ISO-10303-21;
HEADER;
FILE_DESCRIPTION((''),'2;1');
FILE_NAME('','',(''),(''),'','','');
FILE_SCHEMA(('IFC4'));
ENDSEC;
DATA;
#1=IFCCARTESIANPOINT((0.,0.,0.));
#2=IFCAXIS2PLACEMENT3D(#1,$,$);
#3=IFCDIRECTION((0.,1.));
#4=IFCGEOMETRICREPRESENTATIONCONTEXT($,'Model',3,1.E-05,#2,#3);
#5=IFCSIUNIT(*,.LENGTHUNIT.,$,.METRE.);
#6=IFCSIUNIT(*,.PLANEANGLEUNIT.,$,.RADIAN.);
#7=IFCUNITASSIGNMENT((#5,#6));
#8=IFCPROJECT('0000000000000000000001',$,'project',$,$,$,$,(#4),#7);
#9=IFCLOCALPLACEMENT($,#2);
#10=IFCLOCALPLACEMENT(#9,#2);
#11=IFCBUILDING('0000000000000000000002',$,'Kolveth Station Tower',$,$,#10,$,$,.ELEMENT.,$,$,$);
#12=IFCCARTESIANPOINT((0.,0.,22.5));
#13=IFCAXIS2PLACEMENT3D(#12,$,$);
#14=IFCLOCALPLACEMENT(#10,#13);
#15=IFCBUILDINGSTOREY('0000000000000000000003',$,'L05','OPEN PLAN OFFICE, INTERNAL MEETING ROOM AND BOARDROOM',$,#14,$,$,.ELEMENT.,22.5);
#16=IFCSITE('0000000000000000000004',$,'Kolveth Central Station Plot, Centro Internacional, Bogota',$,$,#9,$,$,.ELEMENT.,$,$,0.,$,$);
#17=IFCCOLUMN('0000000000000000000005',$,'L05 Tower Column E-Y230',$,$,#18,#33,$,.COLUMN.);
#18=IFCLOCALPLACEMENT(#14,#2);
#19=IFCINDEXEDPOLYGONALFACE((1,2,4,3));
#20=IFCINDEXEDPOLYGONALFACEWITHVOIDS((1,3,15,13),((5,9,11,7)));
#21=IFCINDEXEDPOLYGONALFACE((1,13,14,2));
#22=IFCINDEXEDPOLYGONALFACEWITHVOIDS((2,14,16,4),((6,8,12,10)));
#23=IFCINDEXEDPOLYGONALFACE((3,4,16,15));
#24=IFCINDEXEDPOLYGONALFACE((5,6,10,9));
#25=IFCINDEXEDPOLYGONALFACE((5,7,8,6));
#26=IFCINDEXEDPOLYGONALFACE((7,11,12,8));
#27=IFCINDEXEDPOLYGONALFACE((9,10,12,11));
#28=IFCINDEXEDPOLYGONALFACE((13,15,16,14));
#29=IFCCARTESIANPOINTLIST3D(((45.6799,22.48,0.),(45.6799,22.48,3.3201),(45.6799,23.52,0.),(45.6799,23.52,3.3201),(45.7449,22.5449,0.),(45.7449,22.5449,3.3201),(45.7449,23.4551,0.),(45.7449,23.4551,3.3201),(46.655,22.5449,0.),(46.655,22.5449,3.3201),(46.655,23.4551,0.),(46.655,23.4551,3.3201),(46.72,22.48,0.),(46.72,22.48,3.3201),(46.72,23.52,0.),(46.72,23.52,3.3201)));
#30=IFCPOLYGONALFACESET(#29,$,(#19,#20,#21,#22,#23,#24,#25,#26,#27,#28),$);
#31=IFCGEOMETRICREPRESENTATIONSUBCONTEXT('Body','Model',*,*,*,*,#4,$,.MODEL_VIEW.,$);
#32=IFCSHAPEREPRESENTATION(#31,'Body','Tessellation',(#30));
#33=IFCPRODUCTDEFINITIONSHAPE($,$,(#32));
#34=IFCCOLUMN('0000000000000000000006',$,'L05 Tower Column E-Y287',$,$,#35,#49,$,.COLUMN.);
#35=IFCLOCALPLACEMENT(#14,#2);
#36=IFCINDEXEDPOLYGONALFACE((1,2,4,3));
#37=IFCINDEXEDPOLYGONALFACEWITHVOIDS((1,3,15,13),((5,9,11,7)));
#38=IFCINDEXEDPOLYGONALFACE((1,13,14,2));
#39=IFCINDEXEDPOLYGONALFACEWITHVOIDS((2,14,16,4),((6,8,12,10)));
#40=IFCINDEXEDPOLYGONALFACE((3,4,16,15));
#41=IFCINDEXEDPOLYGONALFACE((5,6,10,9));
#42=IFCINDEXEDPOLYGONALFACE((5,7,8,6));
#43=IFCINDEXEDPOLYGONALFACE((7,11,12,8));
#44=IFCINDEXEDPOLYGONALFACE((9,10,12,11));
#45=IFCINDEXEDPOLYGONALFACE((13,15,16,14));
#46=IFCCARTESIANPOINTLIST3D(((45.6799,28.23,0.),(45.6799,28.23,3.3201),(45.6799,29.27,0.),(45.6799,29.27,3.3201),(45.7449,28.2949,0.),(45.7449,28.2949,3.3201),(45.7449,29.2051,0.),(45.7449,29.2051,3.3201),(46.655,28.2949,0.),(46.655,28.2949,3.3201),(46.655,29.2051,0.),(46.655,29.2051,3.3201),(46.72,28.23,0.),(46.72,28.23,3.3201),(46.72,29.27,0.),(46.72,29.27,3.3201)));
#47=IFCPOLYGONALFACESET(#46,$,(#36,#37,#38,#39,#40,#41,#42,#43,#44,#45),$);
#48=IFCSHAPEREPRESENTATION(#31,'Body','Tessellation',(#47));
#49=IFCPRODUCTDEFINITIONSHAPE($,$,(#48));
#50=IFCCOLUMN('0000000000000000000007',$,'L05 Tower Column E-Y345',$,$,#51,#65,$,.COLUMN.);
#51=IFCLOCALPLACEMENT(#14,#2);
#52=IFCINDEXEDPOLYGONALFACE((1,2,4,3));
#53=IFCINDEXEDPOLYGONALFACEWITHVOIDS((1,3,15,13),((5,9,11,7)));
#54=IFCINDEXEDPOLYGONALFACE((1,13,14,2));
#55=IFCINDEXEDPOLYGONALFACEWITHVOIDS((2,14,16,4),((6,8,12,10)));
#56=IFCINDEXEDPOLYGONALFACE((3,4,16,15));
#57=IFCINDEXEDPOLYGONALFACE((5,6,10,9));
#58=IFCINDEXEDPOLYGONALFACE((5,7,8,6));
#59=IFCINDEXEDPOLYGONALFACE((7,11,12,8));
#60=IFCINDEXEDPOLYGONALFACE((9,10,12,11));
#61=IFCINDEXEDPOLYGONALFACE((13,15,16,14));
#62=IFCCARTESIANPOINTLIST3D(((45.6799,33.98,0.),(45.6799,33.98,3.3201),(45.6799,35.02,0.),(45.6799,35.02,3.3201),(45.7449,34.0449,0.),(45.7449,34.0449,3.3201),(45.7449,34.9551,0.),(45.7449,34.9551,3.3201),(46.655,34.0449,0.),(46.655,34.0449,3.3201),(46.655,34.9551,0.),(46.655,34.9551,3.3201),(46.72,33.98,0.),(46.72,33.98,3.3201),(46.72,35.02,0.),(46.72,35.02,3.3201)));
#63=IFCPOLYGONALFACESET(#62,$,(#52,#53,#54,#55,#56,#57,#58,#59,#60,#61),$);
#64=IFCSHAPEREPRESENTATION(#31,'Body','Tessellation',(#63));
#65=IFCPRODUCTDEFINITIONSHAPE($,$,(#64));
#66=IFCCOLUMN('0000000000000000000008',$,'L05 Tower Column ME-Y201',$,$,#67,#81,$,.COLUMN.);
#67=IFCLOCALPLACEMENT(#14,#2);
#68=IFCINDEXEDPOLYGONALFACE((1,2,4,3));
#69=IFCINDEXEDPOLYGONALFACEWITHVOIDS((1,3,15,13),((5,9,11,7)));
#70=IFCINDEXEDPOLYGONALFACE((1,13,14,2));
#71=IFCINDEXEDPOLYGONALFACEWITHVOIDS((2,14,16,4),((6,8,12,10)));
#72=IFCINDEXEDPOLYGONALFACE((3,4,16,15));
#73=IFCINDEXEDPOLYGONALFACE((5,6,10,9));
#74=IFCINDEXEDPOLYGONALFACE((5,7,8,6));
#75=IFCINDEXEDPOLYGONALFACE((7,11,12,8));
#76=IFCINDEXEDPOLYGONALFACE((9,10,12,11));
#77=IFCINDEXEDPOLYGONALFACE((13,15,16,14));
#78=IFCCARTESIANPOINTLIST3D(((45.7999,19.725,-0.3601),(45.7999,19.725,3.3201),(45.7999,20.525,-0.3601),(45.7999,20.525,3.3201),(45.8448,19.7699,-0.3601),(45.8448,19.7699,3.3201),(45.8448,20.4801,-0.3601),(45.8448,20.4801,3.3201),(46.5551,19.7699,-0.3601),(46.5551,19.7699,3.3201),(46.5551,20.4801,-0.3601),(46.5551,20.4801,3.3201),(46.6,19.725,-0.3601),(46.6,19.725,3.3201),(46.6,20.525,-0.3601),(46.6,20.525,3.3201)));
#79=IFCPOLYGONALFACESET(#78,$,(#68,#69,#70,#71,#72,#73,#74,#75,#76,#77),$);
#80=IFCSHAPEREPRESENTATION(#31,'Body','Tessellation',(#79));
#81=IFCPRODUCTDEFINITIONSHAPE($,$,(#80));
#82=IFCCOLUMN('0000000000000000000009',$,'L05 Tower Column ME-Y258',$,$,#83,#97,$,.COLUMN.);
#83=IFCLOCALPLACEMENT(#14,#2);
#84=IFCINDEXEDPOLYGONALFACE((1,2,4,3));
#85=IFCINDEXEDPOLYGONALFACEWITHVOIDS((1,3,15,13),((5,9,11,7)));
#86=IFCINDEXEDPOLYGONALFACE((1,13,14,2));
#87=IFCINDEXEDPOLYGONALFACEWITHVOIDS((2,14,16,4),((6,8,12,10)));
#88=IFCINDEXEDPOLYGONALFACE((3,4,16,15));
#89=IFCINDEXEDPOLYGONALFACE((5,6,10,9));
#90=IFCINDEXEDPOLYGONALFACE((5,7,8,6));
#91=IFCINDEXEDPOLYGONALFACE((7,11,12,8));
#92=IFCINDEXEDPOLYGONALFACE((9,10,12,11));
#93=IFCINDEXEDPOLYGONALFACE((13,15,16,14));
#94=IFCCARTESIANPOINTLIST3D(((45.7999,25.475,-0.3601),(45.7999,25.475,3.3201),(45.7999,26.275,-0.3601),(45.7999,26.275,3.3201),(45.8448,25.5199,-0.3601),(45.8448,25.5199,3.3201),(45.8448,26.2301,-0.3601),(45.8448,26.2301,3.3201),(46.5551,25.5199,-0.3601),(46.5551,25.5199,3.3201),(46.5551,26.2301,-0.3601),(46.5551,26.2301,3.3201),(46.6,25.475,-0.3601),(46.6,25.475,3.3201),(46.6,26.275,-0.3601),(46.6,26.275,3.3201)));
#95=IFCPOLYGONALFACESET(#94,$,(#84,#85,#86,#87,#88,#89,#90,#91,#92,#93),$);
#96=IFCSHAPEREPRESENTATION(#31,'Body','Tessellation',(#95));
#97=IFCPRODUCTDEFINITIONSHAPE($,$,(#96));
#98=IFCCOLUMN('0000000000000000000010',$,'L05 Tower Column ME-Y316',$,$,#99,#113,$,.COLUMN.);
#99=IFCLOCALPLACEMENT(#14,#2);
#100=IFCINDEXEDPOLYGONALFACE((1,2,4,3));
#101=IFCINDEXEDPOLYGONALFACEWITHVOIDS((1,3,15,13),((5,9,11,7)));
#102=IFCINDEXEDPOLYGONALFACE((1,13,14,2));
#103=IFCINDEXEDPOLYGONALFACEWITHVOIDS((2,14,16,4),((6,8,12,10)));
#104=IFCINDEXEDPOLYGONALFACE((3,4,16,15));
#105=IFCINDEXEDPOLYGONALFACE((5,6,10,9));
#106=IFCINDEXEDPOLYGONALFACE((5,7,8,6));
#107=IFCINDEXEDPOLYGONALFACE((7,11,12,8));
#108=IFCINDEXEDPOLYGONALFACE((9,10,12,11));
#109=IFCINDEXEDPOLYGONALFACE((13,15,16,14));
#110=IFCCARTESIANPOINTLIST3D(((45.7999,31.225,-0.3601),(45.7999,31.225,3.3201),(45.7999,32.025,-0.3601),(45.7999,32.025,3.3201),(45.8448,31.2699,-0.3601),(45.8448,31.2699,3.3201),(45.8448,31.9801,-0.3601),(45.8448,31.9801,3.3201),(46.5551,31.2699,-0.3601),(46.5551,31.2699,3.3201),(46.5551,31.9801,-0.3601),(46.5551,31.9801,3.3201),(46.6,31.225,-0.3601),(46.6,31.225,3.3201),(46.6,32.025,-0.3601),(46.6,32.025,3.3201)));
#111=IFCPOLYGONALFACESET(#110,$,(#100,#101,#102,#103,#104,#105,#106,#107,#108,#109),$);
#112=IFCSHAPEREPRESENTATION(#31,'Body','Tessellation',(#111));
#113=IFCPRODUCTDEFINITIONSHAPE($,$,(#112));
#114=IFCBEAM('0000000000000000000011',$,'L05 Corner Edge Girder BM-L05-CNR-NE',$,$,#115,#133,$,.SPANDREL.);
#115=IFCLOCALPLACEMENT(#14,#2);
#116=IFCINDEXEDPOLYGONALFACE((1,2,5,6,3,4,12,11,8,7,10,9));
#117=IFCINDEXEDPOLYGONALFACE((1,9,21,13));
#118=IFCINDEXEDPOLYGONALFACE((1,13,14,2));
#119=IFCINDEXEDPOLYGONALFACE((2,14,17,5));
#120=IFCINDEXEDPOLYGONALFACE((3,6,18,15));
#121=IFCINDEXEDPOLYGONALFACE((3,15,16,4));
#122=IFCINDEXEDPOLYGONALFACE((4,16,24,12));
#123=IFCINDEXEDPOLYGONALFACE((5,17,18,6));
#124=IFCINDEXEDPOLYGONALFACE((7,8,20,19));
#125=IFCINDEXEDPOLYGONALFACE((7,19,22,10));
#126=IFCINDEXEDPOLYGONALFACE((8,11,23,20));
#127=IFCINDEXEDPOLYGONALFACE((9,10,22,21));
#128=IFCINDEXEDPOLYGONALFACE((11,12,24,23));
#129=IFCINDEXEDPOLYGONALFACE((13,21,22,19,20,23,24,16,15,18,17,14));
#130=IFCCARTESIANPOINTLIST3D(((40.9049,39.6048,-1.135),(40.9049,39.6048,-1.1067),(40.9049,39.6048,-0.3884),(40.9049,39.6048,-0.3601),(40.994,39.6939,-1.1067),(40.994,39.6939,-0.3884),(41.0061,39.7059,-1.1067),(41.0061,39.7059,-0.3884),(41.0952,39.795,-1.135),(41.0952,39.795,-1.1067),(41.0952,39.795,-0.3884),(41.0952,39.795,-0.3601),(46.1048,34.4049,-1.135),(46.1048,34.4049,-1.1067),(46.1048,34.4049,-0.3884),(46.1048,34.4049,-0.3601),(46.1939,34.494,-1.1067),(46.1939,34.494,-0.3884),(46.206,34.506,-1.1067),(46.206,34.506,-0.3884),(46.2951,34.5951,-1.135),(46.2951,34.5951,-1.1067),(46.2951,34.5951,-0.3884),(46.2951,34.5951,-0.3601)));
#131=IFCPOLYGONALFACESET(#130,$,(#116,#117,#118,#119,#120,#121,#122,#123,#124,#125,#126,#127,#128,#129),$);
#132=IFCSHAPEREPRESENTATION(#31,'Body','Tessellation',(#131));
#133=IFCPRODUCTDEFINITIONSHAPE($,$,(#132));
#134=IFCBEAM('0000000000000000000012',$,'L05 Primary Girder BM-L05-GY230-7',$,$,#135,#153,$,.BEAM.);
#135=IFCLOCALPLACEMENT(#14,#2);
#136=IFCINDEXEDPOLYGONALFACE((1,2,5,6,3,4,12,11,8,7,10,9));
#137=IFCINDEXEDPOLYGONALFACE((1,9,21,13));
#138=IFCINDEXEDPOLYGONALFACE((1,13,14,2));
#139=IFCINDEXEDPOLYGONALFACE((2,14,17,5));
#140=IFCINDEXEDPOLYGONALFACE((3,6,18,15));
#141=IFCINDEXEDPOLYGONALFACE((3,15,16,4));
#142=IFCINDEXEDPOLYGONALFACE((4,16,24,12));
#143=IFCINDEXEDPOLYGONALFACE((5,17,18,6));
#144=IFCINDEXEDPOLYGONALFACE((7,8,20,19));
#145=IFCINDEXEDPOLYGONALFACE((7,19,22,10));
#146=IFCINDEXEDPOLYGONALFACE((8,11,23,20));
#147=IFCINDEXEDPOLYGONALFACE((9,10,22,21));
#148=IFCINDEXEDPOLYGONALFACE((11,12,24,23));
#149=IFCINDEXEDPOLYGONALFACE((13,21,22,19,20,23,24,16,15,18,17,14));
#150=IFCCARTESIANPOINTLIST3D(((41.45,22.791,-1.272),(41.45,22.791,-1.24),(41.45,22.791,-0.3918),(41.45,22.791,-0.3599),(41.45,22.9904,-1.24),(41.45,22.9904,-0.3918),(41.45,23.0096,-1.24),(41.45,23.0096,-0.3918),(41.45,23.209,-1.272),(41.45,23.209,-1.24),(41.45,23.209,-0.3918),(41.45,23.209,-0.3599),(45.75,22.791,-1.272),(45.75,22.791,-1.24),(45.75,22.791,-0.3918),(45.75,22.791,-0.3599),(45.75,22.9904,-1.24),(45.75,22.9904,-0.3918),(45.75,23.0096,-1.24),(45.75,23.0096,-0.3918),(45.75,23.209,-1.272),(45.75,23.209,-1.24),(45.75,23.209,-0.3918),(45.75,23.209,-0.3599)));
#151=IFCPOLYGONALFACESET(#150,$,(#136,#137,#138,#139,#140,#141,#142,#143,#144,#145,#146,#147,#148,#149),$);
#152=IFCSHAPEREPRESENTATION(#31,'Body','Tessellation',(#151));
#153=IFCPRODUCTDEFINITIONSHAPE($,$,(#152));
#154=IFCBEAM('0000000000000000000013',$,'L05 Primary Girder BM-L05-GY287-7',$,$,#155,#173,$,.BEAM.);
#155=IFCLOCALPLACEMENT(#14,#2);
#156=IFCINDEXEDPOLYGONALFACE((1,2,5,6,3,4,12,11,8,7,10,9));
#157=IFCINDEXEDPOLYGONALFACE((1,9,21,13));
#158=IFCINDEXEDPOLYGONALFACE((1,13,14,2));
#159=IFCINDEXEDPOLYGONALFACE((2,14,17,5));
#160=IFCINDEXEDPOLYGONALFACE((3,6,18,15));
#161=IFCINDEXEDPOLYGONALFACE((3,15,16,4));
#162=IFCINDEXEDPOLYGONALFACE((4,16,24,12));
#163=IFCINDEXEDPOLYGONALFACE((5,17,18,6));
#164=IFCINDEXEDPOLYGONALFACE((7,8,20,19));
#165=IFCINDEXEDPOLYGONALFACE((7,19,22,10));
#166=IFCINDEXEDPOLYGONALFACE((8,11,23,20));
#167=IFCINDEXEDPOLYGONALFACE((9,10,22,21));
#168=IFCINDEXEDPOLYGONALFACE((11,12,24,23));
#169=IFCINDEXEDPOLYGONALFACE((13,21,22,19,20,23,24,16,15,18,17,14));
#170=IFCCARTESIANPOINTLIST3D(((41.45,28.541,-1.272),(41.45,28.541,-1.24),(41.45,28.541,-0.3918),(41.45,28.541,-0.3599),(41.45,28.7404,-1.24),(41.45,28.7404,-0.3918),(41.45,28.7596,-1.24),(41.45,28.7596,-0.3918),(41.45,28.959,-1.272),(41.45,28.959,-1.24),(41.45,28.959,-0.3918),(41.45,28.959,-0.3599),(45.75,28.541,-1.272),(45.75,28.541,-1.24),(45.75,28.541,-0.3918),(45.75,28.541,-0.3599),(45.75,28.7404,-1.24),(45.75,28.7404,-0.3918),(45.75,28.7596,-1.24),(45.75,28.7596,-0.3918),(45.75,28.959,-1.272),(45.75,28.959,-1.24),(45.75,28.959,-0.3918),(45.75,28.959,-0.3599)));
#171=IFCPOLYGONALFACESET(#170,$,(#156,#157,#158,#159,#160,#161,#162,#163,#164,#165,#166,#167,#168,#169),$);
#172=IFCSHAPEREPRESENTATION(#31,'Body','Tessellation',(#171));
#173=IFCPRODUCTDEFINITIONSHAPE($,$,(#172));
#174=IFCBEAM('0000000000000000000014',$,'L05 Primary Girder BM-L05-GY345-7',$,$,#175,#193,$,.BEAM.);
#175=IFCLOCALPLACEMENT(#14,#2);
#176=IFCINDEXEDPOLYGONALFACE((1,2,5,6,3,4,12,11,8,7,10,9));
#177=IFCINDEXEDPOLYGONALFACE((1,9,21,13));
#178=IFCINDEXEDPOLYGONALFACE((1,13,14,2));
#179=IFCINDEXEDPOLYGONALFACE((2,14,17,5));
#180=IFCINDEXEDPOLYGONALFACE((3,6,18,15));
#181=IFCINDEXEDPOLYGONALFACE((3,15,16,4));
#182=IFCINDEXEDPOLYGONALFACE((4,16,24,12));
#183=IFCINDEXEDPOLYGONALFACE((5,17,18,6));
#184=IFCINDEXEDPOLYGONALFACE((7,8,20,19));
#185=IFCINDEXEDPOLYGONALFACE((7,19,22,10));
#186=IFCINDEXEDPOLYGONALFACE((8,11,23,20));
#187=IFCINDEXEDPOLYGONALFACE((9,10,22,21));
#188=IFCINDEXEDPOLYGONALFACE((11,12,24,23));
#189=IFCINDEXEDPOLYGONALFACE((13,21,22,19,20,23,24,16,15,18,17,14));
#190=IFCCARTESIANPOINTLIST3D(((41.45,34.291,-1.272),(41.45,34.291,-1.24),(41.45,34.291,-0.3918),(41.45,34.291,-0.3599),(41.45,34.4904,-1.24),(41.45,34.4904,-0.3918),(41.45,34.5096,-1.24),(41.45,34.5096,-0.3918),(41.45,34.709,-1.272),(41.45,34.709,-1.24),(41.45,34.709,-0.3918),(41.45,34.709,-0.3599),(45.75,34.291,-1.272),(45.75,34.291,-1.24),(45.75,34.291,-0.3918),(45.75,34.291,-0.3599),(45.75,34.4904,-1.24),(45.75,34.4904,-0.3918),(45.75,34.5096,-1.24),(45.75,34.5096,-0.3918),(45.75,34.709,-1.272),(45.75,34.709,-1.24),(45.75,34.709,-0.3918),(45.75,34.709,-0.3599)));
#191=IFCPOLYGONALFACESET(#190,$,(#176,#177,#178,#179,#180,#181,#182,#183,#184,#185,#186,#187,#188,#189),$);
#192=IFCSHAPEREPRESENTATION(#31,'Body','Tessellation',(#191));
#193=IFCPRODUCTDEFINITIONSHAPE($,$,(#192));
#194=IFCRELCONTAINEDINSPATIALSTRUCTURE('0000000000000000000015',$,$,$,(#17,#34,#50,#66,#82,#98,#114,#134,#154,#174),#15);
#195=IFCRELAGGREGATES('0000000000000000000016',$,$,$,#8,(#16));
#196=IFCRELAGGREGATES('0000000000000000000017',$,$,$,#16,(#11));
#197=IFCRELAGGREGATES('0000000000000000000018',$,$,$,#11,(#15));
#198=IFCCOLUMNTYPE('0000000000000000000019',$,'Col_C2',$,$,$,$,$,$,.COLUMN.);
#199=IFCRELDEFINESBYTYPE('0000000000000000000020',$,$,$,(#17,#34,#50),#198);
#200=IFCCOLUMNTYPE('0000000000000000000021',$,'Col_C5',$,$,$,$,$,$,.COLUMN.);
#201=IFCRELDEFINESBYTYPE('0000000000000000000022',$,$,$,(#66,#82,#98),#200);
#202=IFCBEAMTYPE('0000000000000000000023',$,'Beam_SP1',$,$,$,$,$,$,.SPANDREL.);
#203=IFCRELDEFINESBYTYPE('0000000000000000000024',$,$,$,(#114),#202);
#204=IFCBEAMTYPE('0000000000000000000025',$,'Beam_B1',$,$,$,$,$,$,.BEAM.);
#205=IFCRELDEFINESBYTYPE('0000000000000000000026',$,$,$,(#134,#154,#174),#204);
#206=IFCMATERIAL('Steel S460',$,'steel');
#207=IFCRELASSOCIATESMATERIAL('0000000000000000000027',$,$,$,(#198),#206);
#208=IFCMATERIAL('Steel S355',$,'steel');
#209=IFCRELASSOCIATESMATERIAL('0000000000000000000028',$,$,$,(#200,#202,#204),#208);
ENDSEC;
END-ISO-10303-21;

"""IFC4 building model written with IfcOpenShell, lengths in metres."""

from ifc_helpers import new_model, si_unit, direction, frame, origin, origin_2d, place, context, subcontext, project, spatial, hollow_rectangle, i_section, extrude, source, transform, mapped, material, material_profile, profile_set, type_object, element, save


model = new_model("IFC4")

# Units and contexts
model_context = context("Model", 3, precision=1e-05, world=origin(), true_north=direction((0.0, 1.0)))
body_context = subcontext(model_context, "Body", "Model", "MODEL_VIEW")
ifc_project = project(units=[si_unit("LENGTHUNIT", "METRE"), si_unit("PLANEANGLEUNIT", "RADIAN")], contexts=[model_context])

# Site, building, storey
site_placement = place(None, origin())
site = spatial("IfcSite", under=ifc_project, at=site_placement, Name="Kolveth Central Station Plot, Centro Internacional, Bogota", CompositionType="ELEMENT", RefElevation=0.0)
building_placement = place(site_placement, origin())
building = spatial("IfcBuilding", under=site, at=building_placement, Name="Kolveth Station Tower", CompositionType="ELEMENT")
storey_placement = place(building_placement, frame((0.0, 0.0, 22.5)))
storey = spatial("IfcBuildingStorey", under=building, at=storey_placement, Name="L05", Description="OPEN PLAN OFFICE, INTERNAL MEETING ROOM AND BOARDROOM", CompositionType="ELEMENT", Elevation=22.5)

# Columns
ifc_material_1 = material(Name="Steel S460", Category="steel")
ifc_material_profile_1 = material_profile(ifc_material_1, hollow_rectangle(XDim=1.04, YDim=1.04, WallThickness=0.0649, at=origin_2d()), Name="BOX1040x1040x65")
ifc_profile_set_1 = profile_set([ifc_material_profile_1], Name="Steel S460")
column_type_1 = type_object("IfcColumnType", Name="Col_C2", PredefinedType="COLUMN", material=ifc_profile_set_1)
shared_shape_1 = source(origin(), body_context, "Body", "SweptSolid", [
    extrude(hollow_rectangle(XDim=1.04, YDim=1.04, WallThickness=0.0649, at=origin_2d()), origin(), (0.0, 0.0, 1.0), 3.3201),
])
for number, where, z_axis, x_axis, name in (
    (1, (46.2, 23.0, 0.0), (0.0, 0.0, 1.0), (1.0, 0.0, 0.0), "L05 Tower Column E-Y230"),
    (2, (46.2, 28.75, 0.0), (0.0, 0.0, 1.0), (1.0, 0.0, 0.0), "L05 Tower Column E-Y287"),
    (3, (46.2, 34.5, 0.0), (0.0, 0.0, 1.0), (1.0, 0.0, 0.0), "L05 Tower Column E-Y345"),
):
    element("IfcColumn", number, at=place(storey_placement, frame(where, z_axis=z_axis, x_axis=x_axis)), inside=storey, type_object=column_type_1, Name=name, PredefinedType="COLUMN", context=body_context, shape_type="MappedRepresentation", body=[
        mapped(shared_shape_1, transform((0.0, 0.0, 0.0), x_axis=(1.0, 0.0, 0.0), y_axis=(0.0, 1.0, 0.0), z_axis=(0.0, 0.0, 1.0), scale=1.0)),
    ])
ifc_material_2 = material(Name="Steel S355", Category="steel")
ifc_material_profile_2 = material_profile(ifc_material_2, hollow_rectangle(XDim=0.8, YDim=0.8, WallThickness=0.0449, at=origin_2d()), Name="BOX800x800x45")
ifc_profile_set_2 = profile_set([ifc_material_profile_2], Name="Steel S355")
column_type_2 = type_object("IfcColumnType", Name="Col_C5", PredefinedType="COLUMN", material=ifc_profile_set_2)
shared_shape_2 = source(origin(), body_context, "Body", "SweptSolid", [
    extrude(hollow_rectangle(XDim=0.8, YDim=0.8, WallThickness=0.0449, at=origin_2d()), origin(), (0.0, 0.0, 1.0), 3.6802),
])
for number, where, z_axis, x_axis, name in (
    (4, (46.2, 20.125, -0.3601), (0.0, 0.0, 1.0), (1.0, 0.0, 0.0), "L05 Tower Column ME-Y201"),
    (5, (46.2, 25.875, -0.3601), (0.0, 0.0, 1.0), (1.0, 0.0, 0.0), "L05 Tower Column ME-Y258"),
    (6, (46.2, 31.625, -0.3601), (0.0, 0.0, 1.0), (1.0, 0.0, 0.0), "L05 Tower Column ME-Y316"),
):
    element("IfcColumn", number, at=place(storey_placement, frame(where, z_axis=z_axis, x_axis=x_axis)), inside=storey, type_object=column_type_2, Name=name, PredefinedType="COLUMN", context=body_context, shape_type="MappedRepresentation", body=[
        mapped(shared_shape_2, transform((0.0, 0.0, 0.0), x_axis=(1.0, 0.0, 0.0), y_axis=(0.0, 1.0, 0.0), z_axis=(0.0, 0.0, 1.0), scale=1.0)),
    ])

# Beams
ifc_material_profile_3 = material_profile(ifc_material_2, i_section(OverallWidth=0.269, OverallDepth=0.7749, WebThickness=0.0171, FlangeThickness=0.0283, at=origin_2d()), Name="W760x220")
ifc_profile_set_3 = profile_set([ifc_material_profile_3], Name="Steel S355")
beam_type_1 = type_object("IfcBeamType", Name="Beam_SP1", PredefinedType="SPANDREL", material=ifc_profile_set_3)
shared_shape_3 = source(origin(), body_context, "Body", "SweptSolid", [
    extrude(i_section(OverallWidth=0.269, OverallDepth=0.7749, WebThickness=0.0171, FlangeThickness=0.0283, at=origin_2d()), origin(), (0.0, 0.0, 1.0), 7.3538),
])
beam_1_placement = place(storey_placement, frame((46.2, 34.5, -0.7476), z_axis=(-0.707107, 0.707107, 0.0), x_axis=(-0.707107, -0.707107, 0.0)))
element("IfcBeam", 7, at=beam_1_placement, inside=storey, type_object=beam_type_1, Name="L05 Corner Edge Girder BM-L05-CNR-NE", PredefinedType="SPANDREL", context=body_context, shape_type="MappedRepresentation", body=[
    mapped(shared_shape_3, transform((0.0, 0.0, 0.0), x_axis=(1.0, 0.0, 0.0), y_axis=(0.0, 1.0, 0.0), z_axis=(0.0, 0.0, 1.0), scale=1.0)),
])
ifc_material_profile_4 = material_profile(ifc_material_2, i_section(OverallWidth=0.418, OverallDepth=0.9121, WebThickness=0.0193, FlangeThickness=0.032, at=origin_2d()), Name="W920x342")
ifc_profile_set_4 = profile_set([ifc_material_profile_4], Name="Steel S355")
beam_type_2 = type_object("IfcBeamType", Name="Beam_B1", PredefinedType="BEAM", material=ifc_profile_set_4)
shared_shape_4 = source(origin(), body_context, "Body", "SweptSolid", [
    extrude(i_section(OverallWidth=0.418, OverallDepth=0.9121, WebThickness=0.0193, FlangeThickness=0.032, at=origin_2d()), origin(), (0.0, 0.0, 1.0), 4.3),
])
for number, where, z_axis, x_axis, name in (
    (8, (41.45, 23.0, -0.8159), (1.0, 0.0, 0.0), (0.0, 1.0, 0.0), "L05 Primary Girder BM-L05-GY230-7"),
    (9, (41.45, 28.75, -0.8159), (1.0, 0.0, 0.0), (0.0, 1.0, 0.0), "L05 Primary Girder BM-L05-GY287-7"),
    (10, (41.45, 34.5, -0.8159), (1.0, 0.0, 0.0), (0.0, 1.0, 0.0), "L05 Primary Girder BM-L05-GY345-7"),
):
    element("IfcBeam", number, at=place(storey_placement, frame(where, z_axis=z_axis, x_axis=x_axis)), inside=storey, type_object=beam_type_2, Name=name, PredefinedType="BEAM", context=body_context, shape_type="MappedRepresentation", body=[
        mapped(shared_shape_4, transform((0.0, 0.0, 0.0), x_axis=(1.0, 0.0, 0.0), y_axis=(0.0, 1.0, 0.0), z_axis=(0.0, 0.0, 1.0), scale=1.0)),
    ])

save(model, "model.ifc")
